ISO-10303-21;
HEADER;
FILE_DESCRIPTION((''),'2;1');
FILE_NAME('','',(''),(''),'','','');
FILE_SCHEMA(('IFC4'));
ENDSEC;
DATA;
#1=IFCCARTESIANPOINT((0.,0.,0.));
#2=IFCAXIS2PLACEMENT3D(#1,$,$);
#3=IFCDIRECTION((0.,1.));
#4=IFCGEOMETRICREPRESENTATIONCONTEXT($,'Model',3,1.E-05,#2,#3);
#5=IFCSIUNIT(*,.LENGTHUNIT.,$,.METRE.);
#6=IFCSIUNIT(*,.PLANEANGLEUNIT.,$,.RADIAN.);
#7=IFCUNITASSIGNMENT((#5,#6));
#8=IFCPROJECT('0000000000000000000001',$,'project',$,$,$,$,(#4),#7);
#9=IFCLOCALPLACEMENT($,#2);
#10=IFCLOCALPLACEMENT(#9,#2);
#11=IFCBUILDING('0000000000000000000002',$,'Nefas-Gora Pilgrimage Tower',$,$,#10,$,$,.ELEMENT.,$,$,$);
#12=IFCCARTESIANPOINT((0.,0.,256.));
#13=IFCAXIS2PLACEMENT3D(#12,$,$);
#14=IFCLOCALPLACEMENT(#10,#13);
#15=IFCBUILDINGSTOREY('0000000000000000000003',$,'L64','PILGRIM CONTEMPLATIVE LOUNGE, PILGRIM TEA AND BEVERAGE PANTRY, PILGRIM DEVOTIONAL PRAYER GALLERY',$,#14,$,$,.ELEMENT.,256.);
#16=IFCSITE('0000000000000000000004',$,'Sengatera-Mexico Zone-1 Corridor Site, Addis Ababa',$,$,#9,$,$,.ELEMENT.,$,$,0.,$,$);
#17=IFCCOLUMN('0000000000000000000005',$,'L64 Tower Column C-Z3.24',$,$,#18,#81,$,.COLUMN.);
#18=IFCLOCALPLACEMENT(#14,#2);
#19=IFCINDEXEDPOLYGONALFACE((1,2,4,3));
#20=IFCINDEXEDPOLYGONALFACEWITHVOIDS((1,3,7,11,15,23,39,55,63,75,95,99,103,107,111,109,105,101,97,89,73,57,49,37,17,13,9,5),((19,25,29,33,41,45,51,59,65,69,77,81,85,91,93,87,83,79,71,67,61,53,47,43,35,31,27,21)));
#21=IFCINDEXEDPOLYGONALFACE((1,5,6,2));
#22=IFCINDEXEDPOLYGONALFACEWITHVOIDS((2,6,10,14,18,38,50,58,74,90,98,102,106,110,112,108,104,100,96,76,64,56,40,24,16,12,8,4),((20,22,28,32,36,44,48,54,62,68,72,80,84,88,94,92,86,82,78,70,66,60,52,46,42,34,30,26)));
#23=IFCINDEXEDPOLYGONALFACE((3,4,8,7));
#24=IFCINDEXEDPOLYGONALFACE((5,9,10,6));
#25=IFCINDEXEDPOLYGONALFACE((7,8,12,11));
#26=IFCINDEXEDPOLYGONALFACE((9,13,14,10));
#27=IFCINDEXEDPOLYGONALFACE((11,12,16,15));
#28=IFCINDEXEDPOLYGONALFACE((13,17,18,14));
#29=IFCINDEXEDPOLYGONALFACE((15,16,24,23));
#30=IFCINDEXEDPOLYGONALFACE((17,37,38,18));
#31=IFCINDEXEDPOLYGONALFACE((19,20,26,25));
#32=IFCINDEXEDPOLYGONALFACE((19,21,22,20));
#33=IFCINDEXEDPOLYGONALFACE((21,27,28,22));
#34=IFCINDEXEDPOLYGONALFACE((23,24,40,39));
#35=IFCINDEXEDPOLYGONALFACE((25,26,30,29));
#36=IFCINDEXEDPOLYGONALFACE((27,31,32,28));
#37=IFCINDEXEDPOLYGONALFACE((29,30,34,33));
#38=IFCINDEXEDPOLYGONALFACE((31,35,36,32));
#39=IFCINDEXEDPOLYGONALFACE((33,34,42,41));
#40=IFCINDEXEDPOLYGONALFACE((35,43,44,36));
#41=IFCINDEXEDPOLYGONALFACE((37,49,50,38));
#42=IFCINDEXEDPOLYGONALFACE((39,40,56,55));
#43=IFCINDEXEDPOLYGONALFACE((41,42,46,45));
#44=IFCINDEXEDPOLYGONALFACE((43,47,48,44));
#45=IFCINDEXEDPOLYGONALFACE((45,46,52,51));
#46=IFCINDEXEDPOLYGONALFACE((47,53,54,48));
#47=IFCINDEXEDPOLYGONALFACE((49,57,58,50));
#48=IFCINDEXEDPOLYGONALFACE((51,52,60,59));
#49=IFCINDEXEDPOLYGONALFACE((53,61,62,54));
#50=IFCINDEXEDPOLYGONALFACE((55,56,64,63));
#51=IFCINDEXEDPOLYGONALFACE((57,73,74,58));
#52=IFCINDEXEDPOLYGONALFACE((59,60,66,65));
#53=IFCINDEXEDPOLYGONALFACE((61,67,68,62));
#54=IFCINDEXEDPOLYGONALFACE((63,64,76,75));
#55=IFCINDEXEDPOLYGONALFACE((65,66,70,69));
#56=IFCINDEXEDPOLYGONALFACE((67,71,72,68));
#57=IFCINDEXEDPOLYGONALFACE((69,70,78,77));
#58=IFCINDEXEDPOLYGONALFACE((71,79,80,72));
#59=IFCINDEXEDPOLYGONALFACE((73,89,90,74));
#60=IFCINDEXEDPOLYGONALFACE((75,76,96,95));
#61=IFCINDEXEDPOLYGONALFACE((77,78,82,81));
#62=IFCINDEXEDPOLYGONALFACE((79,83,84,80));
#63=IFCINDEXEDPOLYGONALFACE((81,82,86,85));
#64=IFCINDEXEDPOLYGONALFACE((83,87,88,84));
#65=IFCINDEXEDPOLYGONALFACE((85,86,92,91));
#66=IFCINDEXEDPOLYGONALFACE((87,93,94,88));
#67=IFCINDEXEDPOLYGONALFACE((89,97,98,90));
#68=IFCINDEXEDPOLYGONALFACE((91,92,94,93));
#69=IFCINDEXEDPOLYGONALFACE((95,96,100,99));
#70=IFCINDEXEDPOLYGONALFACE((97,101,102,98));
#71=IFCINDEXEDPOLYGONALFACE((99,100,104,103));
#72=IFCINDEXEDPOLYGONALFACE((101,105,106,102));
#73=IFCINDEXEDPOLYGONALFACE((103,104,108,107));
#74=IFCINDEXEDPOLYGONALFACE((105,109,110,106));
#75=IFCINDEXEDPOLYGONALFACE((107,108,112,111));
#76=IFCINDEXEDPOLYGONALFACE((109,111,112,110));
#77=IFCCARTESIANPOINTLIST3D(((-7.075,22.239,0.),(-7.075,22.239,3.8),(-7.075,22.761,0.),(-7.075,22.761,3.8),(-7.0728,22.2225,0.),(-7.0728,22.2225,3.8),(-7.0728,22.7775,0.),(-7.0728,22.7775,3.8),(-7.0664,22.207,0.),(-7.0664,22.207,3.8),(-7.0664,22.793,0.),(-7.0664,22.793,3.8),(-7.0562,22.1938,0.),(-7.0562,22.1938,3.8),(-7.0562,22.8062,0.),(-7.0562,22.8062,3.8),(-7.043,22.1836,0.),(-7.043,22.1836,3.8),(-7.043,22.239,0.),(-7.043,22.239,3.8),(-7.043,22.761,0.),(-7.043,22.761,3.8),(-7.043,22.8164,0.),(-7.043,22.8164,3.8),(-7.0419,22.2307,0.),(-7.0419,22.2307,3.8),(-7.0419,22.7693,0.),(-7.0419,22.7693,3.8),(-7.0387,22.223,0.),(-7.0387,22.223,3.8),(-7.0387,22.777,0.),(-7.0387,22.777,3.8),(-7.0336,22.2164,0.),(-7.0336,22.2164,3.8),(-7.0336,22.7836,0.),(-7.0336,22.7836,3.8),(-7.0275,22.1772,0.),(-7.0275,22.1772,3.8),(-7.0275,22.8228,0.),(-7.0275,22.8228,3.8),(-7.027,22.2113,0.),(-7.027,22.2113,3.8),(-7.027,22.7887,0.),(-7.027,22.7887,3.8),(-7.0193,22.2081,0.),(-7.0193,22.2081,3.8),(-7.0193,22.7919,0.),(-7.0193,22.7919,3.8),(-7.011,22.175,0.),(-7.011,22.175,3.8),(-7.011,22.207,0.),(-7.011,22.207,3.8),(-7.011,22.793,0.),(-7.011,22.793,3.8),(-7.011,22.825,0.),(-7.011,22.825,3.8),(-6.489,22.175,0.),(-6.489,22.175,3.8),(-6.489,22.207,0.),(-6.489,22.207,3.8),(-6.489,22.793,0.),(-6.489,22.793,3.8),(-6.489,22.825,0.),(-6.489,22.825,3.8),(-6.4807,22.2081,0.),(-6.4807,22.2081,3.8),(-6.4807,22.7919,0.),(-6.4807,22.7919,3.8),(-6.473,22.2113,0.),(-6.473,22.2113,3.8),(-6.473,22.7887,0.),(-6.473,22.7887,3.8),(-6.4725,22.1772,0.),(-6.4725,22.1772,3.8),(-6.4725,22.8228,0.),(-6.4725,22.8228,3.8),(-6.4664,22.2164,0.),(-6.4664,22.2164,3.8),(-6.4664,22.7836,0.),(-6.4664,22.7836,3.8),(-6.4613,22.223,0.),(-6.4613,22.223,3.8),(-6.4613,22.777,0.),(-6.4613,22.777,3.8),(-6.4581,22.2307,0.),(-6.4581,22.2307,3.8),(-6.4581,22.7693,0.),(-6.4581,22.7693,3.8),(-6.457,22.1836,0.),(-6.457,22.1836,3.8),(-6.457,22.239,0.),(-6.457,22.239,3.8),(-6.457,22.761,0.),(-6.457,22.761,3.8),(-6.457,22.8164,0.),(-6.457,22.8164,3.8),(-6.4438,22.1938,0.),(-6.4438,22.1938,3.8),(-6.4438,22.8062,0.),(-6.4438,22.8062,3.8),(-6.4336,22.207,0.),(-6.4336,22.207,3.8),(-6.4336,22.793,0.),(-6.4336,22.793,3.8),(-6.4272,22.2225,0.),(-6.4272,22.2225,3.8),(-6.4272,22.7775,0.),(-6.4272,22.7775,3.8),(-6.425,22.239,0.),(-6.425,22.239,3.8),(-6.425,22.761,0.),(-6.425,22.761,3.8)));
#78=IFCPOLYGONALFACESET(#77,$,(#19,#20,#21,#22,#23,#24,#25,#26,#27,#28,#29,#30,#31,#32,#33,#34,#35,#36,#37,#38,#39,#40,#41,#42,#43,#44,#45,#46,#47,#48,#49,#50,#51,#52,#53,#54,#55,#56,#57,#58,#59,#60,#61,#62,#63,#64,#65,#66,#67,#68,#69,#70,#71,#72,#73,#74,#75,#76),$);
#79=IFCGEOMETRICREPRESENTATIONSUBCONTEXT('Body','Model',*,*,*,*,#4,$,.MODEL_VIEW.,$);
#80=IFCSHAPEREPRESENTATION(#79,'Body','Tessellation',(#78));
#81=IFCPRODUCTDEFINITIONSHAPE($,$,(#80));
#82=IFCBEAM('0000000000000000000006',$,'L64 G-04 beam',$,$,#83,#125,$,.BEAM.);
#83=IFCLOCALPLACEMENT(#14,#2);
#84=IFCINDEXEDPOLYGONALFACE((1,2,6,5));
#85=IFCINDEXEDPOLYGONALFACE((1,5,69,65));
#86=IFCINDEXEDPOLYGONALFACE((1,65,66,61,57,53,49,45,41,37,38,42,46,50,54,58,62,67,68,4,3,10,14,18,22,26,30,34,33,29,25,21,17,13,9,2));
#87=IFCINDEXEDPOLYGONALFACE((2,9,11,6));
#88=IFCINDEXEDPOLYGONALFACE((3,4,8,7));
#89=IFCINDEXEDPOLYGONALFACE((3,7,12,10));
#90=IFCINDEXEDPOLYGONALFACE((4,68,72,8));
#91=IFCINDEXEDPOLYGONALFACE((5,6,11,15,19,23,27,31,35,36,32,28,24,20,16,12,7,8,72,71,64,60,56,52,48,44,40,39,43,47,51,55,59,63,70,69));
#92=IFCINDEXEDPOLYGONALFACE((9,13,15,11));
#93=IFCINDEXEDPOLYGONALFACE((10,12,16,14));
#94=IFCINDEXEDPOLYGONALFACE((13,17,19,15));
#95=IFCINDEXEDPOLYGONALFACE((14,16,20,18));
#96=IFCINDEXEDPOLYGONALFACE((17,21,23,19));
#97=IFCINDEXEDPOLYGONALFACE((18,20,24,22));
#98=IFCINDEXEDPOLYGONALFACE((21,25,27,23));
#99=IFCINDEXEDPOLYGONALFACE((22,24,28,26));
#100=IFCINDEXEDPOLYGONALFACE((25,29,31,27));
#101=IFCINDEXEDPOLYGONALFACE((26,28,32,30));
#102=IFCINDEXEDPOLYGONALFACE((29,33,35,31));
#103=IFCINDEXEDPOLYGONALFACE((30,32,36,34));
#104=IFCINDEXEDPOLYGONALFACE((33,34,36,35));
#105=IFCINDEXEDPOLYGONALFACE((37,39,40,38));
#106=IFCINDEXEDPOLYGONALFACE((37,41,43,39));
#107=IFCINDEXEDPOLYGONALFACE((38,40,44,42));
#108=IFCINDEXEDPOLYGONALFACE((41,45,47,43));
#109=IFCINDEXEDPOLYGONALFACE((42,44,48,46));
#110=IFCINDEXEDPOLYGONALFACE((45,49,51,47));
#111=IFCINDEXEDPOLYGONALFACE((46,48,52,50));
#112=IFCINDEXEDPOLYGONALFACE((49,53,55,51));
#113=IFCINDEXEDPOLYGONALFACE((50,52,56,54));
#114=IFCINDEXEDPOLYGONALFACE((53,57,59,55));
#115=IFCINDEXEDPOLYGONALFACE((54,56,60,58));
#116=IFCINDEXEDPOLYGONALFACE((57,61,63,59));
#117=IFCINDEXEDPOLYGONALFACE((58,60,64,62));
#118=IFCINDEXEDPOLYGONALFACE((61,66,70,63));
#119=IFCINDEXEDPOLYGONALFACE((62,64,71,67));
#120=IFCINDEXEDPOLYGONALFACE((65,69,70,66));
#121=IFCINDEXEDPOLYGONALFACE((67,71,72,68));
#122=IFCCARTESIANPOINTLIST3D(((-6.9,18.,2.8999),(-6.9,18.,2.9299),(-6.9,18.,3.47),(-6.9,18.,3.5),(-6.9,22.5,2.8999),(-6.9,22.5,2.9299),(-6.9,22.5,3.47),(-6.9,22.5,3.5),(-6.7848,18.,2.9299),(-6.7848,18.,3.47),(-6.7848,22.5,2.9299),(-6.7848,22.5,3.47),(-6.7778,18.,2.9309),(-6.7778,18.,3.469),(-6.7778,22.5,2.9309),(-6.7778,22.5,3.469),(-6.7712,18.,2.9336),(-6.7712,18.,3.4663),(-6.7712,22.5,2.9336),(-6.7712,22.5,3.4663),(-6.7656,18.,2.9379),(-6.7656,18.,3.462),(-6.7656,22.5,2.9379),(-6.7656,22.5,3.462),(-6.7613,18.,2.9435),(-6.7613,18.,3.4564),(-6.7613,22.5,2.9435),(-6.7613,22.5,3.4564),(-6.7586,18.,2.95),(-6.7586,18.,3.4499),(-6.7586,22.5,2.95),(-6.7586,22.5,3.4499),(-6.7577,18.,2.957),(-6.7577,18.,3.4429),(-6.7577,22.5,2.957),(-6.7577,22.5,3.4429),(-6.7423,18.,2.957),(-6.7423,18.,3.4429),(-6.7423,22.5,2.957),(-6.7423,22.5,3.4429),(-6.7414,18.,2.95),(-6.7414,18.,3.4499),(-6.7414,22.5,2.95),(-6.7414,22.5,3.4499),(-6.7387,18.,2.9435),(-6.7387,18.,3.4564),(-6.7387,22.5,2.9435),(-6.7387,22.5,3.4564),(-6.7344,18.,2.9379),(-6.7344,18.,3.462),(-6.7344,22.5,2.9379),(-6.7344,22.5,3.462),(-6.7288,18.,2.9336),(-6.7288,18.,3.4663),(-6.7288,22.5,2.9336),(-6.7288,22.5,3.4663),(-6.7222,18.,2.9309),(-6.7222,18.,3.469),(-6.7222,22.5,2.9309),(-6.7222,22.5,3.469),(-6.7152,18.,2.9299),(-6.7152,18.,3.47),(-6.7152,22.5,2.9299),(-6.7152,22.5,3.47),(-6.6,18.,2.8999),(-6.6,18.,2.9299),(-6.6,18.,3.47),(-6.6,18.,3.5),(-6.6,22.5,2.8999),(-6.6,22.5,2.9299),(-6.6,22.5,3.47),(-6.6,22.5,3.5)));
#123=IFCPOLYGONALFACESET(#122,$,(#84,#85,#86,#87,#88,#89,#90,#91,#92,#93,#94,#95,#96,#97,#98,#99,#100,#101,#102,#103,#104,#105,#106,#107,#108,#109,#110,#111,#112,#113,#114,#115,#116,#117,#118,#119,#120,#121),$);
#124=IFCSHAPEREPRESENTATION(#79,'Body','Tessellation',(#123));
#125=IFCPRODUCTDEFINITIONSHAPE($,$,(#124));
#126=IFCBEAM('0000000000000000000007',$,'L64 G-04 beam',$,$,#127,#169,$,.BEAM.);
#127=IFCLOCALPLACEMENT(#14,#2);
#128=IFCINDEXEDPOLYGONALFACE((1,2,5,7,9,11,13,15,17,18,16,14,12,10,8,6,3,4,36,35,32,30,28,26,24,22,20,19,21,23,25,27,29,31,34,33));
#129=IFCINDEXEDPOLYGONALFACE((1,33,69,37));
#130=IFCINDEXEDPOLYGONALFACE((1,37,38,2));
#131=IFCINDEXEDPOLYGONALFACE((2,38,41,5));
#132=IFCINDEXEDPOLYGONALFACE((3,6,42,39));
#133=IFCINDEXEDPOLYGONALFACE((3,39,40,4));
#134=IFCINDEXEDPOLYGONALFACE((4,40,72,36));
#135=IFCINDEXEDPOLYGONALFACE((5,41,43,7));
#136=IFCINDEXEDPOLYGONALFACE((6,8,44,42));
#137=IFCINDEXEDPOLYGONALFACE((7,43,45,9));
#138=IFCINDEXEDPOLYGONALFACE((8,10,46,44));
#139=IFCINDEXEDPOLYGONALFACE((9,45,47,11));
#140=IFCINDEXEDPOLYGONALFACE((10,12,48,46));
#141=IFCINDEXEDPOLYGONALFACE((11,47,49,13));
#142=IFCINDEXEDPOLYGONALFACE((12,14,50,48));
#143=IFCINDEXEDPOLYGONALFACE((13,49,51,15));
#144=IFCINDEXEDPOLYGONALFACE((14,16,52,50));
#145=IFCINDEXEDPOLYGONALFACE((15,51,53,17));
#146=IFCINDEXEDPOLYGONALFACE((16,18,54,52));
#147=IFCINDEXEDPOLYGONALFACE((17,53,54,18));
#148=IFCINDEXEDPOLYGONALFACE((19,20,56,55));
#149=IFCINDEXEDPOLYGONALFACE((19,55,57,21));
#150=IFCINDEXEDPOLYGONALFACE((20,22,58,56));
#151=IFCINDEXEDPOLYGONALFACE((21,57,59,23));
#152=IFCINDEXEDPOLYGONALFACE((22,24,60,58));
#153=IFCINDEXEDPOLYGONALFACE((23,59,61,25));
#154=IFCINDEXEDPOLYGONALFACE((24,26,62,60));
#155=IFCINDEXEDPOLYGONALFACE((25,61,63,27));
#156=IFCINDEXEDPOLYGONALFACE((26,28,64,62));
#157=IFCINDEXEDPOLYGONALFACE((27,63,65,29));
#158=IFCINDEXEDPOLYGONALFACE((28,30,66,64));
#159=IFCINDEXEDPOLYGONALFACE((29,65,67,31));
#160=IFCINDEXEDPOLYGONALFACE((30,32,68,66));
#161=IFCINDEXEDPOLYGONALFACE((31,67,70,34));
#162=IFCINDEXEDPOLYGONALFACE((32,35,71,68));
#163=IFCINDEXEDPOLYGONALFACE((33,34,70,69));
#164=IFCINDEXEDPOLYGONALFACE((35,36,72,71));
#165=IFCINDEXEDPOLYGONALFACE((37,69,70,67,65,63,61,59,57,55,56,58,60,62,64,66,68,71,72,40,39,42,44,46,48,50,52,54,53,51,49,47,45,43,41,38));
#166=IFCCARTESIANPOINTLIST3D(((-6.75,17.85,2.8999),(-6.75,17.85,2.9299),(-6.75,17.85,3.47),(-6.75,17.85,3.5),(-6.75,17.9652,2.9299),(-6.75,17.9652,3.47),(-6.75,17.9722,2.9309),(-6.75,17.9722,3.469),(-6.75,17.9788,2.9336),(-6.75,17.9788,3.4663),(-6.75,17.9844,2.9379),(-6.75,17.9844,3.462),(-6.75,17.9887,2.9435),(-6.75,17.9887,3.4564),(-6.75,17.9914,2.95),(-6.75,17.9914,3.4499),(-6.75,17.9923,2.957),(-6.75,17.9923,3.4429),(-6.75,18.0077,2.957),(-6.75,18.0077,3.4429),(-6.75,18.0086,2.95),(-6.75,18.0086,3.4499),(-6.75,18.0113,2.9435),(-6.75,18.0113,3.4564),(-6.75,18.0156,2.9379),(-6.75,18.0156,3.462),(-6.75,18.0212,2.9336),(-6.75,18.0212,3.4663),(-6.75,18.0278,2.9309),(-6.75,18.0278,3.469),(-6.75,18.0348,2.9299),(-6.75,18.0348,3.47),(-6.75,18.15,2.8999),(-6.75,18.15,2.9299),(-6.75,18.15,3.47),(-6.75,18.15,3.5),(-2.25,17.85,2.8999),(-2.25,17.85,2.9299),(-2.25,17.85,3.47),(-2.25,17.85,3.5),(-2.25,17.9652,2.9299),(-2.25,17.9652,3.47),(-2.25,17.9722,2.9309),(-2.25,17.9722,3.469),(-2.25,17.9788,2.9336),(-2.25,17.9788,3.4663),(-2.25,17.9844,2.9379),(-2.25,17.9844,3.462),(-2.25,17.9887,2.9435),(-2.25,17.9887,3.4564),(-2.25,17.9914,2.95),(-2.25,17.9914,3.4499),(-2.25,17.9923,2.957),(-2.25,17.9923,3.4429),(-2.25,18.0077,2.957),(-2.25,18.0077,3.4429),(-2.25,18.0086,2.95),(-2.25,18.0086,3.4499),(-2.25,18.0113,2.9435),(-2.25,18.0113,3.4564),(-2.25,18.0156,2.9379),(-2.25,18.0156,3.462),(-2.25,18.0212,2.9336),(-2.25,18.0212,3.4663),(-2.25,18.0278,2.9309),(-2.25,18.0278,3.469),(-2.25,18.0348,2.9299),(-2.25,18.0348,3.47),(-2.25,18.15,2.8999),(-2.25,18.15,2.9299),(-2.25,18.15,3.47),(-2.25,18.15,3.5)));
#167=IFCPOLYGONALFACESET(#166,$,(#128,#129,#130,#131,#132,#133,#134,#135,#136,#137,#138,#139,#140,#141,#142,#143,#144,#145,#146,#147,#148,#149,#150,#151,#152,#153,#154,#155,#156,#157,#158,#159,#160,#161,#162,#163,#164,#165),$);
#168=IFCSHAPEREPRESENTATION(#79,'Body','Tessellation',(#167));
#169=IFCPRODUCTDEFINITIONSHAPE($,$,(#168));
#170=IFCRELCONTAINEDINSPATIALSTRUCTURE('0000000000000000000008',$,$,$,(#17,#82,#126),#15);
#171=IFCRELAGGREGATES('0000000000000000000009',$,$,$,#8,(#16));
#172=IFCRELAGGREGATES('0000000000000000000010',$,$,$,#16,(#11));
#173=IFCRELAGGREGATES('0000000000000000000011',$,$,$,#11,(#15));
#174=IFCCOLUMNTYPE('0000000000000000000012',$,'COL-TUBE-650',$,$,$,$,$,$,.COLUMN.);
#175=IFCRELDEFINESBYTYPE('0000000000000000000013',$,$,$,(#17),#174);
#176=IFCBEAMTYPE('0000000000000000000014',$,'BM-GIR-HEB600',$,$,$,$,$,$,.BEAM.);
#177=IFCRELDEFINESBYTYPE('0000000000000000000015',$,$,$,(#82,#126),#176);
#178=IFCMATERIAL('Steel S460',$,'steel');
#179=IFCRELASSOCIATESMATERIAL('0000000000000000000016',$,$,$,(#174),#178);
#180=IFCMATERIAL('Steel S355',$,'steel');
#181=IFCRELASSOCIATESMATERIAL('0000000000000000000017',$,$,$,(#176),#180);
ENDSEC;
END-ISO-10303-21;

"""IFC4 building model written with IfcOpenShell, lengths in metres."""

from ifc_helpers import new_model, si_unit, direction, frame, origin, origin_2d, place, context, subcontext, project, spatial, hollow_rectangle, i_section, extrude, source, transform, mapped, material, material_profile, profile_set, type_object, element, save


model = new_model("IFC4")

# Units and contexts
model_context = context("Model", 3, precision=1e-05, world=origin(), true_north=direction((0.0, 1.0)))
body_context = subcontext(model_context, "Body", "Model", "MODEL_VIEW")
ifc_project = project(units=[si_unit("LENGTHUNIT", "METRE"), si_unit("PLANEANGLEUNIT", "RADIAN")], contexts=[model_context])

# Site, building, storey
site_placement = place(None, origin())
site = spatial("IfcSite", under=ifc_project, at=site_placement, Name="Sengatera-Mexico Zone-1 Corridor Site, Addis Ababa", CompositionType="ELEMENT", RefElevation=0.0)
building_placement = place(site_placement, origin())
building = spatial("IfcBuilding", under=site, at=building_placement, Name="Nefas-Gora Pilgrimage Tower", CompositionType="ELEMENT")
storey_placement = place(building_placement, frame((0.0, 0.0, 256.0)))
storey = spatial("IfcBuildingStorey", under=building, at=storey_placement, Name="L64", Description="PILGRIM CONTEMPLATIVE LOUNGE, PILGRIM TEA AND BEVERAGE PANTRY, PILGRIM DEVOTIONAL PRAYER GALLERY", CompositionType="ELEMENT", Elevation=256.0)

# Column
ifc_material_1 = material(Name="Steel S460", Category="steel")
ifc_material_profile_1 = material_profile(ifc_material_1, hollow_rectangle(XDim=0.6499, YDim=0.6499, WallThickness=0.032, InnerFilletRadius=0.032, OuterFilletRadius=0.064, at=origin_2d()), Name="BOX 650x650x32")
ifc_profile_set_1 = profile_set([ifc_material_profile_1], Name="Steel S460")
column_type_1 = type_object("IfcColumnType", Name="COL-TUBE-650", PredefinedType="COLUMN", material=ifc_profile_set_1)
shared_shape_1 = source(origin(), body_context, "Body", "SweptSolid", [
    extrude(hollow_rectangle(XDim=0.6499, YDim=0.6499, WallThickness=0.032, InnerFilletRadius=0.032, OuterFilletRadius=0.064, at=origin_2d()), origin(), (0.0, 0.0, 1.0), 3.8),
])
column_placement = place(storey_placement, frame((-6.75, 22.5, 0.0), z_axis=(0.0, 0.0, 1.0), x_axis=(1.0, 0.0, 0.0)))
element("IfcColumn", 1, at=column_placement, inside=storey, type_object=column_type_1, Name="L64 Tower Column C-Z3.24", PredefinedType="COLUMN", context=body_context, shape_type="MappedRepresentation", body=[
    mapped(shared_shape_1, transform((0.0, 0.0, 0.0), x_axis=(1.0, 0.0, 0.0), y_axis=(0.0, 1.0, 0.0), z_axis=(0.0, 0.0, 1.0), scale=1.0)),
])

# Beams
ifc_material_2 = material(Name="Steel S355", Category="steel")
ifc_material_profile_2 = material_profile(ifc_material_2, i_section(OverallWidth=0.3, OverallDepth=0.6001, WebThickness=0.0154, FlangeThickness=0.03, FilletRadius=0.0271, at=origin_2d()), Name="HEB 600")
ifc_profile_set_2 = profile_set([ifc_material_profile_2], Name="Steel S355")
beam_type = type_object("IfcBeamType", Name="BM-GIR-HEB600", PredefinedType="BEAM", material=ifc_profile_set_2)
shared_shape_2 = source(origin(), body_context, "Body", "SweptSolid", [
    extrude(i_section(OverallWidth=0.3, OverallDepth=0.6001, WebThickness=0.0154, FlangeThickness=0.03, FilletRadius=0.0271, at=origin_2d()), origin(), (0.0, 0.0, 1.0), 4.5),
])
for number, where, z_axis, x_axis, name in (
    (2, (-6.75, 18.0, 3.2), (0.0, 1.0, 0.0), (-1.0, 0.0, 0.0), "L64 G-04 beam"),
    (3, (-6.75, 18.0, 3.2), (1.0, 0.0, 0.0), (0.0, 1.0, 0.0), "L64 G-04 beam"),
):
    element("IfcBeam", number, at=place(storey_placement, frame(where, z_axis=z_axis, x_axis=x_axis)), inside=storey, type_object=beam_type, Name=name, PredefinedType="BEAM", context=body_context, shape_type="MappedRepresentation", body=[
        mapped(shared_shape_2, transform((0.0, 0.0, 0.0), x_axis=(1.0, 0.0, 0.0), y_axis=(0.0, 1.0, 0.0), z_axis=(0.0, 0.0, 1.0), scale=1.0)),
    ])

save(model, "model.ifc")
